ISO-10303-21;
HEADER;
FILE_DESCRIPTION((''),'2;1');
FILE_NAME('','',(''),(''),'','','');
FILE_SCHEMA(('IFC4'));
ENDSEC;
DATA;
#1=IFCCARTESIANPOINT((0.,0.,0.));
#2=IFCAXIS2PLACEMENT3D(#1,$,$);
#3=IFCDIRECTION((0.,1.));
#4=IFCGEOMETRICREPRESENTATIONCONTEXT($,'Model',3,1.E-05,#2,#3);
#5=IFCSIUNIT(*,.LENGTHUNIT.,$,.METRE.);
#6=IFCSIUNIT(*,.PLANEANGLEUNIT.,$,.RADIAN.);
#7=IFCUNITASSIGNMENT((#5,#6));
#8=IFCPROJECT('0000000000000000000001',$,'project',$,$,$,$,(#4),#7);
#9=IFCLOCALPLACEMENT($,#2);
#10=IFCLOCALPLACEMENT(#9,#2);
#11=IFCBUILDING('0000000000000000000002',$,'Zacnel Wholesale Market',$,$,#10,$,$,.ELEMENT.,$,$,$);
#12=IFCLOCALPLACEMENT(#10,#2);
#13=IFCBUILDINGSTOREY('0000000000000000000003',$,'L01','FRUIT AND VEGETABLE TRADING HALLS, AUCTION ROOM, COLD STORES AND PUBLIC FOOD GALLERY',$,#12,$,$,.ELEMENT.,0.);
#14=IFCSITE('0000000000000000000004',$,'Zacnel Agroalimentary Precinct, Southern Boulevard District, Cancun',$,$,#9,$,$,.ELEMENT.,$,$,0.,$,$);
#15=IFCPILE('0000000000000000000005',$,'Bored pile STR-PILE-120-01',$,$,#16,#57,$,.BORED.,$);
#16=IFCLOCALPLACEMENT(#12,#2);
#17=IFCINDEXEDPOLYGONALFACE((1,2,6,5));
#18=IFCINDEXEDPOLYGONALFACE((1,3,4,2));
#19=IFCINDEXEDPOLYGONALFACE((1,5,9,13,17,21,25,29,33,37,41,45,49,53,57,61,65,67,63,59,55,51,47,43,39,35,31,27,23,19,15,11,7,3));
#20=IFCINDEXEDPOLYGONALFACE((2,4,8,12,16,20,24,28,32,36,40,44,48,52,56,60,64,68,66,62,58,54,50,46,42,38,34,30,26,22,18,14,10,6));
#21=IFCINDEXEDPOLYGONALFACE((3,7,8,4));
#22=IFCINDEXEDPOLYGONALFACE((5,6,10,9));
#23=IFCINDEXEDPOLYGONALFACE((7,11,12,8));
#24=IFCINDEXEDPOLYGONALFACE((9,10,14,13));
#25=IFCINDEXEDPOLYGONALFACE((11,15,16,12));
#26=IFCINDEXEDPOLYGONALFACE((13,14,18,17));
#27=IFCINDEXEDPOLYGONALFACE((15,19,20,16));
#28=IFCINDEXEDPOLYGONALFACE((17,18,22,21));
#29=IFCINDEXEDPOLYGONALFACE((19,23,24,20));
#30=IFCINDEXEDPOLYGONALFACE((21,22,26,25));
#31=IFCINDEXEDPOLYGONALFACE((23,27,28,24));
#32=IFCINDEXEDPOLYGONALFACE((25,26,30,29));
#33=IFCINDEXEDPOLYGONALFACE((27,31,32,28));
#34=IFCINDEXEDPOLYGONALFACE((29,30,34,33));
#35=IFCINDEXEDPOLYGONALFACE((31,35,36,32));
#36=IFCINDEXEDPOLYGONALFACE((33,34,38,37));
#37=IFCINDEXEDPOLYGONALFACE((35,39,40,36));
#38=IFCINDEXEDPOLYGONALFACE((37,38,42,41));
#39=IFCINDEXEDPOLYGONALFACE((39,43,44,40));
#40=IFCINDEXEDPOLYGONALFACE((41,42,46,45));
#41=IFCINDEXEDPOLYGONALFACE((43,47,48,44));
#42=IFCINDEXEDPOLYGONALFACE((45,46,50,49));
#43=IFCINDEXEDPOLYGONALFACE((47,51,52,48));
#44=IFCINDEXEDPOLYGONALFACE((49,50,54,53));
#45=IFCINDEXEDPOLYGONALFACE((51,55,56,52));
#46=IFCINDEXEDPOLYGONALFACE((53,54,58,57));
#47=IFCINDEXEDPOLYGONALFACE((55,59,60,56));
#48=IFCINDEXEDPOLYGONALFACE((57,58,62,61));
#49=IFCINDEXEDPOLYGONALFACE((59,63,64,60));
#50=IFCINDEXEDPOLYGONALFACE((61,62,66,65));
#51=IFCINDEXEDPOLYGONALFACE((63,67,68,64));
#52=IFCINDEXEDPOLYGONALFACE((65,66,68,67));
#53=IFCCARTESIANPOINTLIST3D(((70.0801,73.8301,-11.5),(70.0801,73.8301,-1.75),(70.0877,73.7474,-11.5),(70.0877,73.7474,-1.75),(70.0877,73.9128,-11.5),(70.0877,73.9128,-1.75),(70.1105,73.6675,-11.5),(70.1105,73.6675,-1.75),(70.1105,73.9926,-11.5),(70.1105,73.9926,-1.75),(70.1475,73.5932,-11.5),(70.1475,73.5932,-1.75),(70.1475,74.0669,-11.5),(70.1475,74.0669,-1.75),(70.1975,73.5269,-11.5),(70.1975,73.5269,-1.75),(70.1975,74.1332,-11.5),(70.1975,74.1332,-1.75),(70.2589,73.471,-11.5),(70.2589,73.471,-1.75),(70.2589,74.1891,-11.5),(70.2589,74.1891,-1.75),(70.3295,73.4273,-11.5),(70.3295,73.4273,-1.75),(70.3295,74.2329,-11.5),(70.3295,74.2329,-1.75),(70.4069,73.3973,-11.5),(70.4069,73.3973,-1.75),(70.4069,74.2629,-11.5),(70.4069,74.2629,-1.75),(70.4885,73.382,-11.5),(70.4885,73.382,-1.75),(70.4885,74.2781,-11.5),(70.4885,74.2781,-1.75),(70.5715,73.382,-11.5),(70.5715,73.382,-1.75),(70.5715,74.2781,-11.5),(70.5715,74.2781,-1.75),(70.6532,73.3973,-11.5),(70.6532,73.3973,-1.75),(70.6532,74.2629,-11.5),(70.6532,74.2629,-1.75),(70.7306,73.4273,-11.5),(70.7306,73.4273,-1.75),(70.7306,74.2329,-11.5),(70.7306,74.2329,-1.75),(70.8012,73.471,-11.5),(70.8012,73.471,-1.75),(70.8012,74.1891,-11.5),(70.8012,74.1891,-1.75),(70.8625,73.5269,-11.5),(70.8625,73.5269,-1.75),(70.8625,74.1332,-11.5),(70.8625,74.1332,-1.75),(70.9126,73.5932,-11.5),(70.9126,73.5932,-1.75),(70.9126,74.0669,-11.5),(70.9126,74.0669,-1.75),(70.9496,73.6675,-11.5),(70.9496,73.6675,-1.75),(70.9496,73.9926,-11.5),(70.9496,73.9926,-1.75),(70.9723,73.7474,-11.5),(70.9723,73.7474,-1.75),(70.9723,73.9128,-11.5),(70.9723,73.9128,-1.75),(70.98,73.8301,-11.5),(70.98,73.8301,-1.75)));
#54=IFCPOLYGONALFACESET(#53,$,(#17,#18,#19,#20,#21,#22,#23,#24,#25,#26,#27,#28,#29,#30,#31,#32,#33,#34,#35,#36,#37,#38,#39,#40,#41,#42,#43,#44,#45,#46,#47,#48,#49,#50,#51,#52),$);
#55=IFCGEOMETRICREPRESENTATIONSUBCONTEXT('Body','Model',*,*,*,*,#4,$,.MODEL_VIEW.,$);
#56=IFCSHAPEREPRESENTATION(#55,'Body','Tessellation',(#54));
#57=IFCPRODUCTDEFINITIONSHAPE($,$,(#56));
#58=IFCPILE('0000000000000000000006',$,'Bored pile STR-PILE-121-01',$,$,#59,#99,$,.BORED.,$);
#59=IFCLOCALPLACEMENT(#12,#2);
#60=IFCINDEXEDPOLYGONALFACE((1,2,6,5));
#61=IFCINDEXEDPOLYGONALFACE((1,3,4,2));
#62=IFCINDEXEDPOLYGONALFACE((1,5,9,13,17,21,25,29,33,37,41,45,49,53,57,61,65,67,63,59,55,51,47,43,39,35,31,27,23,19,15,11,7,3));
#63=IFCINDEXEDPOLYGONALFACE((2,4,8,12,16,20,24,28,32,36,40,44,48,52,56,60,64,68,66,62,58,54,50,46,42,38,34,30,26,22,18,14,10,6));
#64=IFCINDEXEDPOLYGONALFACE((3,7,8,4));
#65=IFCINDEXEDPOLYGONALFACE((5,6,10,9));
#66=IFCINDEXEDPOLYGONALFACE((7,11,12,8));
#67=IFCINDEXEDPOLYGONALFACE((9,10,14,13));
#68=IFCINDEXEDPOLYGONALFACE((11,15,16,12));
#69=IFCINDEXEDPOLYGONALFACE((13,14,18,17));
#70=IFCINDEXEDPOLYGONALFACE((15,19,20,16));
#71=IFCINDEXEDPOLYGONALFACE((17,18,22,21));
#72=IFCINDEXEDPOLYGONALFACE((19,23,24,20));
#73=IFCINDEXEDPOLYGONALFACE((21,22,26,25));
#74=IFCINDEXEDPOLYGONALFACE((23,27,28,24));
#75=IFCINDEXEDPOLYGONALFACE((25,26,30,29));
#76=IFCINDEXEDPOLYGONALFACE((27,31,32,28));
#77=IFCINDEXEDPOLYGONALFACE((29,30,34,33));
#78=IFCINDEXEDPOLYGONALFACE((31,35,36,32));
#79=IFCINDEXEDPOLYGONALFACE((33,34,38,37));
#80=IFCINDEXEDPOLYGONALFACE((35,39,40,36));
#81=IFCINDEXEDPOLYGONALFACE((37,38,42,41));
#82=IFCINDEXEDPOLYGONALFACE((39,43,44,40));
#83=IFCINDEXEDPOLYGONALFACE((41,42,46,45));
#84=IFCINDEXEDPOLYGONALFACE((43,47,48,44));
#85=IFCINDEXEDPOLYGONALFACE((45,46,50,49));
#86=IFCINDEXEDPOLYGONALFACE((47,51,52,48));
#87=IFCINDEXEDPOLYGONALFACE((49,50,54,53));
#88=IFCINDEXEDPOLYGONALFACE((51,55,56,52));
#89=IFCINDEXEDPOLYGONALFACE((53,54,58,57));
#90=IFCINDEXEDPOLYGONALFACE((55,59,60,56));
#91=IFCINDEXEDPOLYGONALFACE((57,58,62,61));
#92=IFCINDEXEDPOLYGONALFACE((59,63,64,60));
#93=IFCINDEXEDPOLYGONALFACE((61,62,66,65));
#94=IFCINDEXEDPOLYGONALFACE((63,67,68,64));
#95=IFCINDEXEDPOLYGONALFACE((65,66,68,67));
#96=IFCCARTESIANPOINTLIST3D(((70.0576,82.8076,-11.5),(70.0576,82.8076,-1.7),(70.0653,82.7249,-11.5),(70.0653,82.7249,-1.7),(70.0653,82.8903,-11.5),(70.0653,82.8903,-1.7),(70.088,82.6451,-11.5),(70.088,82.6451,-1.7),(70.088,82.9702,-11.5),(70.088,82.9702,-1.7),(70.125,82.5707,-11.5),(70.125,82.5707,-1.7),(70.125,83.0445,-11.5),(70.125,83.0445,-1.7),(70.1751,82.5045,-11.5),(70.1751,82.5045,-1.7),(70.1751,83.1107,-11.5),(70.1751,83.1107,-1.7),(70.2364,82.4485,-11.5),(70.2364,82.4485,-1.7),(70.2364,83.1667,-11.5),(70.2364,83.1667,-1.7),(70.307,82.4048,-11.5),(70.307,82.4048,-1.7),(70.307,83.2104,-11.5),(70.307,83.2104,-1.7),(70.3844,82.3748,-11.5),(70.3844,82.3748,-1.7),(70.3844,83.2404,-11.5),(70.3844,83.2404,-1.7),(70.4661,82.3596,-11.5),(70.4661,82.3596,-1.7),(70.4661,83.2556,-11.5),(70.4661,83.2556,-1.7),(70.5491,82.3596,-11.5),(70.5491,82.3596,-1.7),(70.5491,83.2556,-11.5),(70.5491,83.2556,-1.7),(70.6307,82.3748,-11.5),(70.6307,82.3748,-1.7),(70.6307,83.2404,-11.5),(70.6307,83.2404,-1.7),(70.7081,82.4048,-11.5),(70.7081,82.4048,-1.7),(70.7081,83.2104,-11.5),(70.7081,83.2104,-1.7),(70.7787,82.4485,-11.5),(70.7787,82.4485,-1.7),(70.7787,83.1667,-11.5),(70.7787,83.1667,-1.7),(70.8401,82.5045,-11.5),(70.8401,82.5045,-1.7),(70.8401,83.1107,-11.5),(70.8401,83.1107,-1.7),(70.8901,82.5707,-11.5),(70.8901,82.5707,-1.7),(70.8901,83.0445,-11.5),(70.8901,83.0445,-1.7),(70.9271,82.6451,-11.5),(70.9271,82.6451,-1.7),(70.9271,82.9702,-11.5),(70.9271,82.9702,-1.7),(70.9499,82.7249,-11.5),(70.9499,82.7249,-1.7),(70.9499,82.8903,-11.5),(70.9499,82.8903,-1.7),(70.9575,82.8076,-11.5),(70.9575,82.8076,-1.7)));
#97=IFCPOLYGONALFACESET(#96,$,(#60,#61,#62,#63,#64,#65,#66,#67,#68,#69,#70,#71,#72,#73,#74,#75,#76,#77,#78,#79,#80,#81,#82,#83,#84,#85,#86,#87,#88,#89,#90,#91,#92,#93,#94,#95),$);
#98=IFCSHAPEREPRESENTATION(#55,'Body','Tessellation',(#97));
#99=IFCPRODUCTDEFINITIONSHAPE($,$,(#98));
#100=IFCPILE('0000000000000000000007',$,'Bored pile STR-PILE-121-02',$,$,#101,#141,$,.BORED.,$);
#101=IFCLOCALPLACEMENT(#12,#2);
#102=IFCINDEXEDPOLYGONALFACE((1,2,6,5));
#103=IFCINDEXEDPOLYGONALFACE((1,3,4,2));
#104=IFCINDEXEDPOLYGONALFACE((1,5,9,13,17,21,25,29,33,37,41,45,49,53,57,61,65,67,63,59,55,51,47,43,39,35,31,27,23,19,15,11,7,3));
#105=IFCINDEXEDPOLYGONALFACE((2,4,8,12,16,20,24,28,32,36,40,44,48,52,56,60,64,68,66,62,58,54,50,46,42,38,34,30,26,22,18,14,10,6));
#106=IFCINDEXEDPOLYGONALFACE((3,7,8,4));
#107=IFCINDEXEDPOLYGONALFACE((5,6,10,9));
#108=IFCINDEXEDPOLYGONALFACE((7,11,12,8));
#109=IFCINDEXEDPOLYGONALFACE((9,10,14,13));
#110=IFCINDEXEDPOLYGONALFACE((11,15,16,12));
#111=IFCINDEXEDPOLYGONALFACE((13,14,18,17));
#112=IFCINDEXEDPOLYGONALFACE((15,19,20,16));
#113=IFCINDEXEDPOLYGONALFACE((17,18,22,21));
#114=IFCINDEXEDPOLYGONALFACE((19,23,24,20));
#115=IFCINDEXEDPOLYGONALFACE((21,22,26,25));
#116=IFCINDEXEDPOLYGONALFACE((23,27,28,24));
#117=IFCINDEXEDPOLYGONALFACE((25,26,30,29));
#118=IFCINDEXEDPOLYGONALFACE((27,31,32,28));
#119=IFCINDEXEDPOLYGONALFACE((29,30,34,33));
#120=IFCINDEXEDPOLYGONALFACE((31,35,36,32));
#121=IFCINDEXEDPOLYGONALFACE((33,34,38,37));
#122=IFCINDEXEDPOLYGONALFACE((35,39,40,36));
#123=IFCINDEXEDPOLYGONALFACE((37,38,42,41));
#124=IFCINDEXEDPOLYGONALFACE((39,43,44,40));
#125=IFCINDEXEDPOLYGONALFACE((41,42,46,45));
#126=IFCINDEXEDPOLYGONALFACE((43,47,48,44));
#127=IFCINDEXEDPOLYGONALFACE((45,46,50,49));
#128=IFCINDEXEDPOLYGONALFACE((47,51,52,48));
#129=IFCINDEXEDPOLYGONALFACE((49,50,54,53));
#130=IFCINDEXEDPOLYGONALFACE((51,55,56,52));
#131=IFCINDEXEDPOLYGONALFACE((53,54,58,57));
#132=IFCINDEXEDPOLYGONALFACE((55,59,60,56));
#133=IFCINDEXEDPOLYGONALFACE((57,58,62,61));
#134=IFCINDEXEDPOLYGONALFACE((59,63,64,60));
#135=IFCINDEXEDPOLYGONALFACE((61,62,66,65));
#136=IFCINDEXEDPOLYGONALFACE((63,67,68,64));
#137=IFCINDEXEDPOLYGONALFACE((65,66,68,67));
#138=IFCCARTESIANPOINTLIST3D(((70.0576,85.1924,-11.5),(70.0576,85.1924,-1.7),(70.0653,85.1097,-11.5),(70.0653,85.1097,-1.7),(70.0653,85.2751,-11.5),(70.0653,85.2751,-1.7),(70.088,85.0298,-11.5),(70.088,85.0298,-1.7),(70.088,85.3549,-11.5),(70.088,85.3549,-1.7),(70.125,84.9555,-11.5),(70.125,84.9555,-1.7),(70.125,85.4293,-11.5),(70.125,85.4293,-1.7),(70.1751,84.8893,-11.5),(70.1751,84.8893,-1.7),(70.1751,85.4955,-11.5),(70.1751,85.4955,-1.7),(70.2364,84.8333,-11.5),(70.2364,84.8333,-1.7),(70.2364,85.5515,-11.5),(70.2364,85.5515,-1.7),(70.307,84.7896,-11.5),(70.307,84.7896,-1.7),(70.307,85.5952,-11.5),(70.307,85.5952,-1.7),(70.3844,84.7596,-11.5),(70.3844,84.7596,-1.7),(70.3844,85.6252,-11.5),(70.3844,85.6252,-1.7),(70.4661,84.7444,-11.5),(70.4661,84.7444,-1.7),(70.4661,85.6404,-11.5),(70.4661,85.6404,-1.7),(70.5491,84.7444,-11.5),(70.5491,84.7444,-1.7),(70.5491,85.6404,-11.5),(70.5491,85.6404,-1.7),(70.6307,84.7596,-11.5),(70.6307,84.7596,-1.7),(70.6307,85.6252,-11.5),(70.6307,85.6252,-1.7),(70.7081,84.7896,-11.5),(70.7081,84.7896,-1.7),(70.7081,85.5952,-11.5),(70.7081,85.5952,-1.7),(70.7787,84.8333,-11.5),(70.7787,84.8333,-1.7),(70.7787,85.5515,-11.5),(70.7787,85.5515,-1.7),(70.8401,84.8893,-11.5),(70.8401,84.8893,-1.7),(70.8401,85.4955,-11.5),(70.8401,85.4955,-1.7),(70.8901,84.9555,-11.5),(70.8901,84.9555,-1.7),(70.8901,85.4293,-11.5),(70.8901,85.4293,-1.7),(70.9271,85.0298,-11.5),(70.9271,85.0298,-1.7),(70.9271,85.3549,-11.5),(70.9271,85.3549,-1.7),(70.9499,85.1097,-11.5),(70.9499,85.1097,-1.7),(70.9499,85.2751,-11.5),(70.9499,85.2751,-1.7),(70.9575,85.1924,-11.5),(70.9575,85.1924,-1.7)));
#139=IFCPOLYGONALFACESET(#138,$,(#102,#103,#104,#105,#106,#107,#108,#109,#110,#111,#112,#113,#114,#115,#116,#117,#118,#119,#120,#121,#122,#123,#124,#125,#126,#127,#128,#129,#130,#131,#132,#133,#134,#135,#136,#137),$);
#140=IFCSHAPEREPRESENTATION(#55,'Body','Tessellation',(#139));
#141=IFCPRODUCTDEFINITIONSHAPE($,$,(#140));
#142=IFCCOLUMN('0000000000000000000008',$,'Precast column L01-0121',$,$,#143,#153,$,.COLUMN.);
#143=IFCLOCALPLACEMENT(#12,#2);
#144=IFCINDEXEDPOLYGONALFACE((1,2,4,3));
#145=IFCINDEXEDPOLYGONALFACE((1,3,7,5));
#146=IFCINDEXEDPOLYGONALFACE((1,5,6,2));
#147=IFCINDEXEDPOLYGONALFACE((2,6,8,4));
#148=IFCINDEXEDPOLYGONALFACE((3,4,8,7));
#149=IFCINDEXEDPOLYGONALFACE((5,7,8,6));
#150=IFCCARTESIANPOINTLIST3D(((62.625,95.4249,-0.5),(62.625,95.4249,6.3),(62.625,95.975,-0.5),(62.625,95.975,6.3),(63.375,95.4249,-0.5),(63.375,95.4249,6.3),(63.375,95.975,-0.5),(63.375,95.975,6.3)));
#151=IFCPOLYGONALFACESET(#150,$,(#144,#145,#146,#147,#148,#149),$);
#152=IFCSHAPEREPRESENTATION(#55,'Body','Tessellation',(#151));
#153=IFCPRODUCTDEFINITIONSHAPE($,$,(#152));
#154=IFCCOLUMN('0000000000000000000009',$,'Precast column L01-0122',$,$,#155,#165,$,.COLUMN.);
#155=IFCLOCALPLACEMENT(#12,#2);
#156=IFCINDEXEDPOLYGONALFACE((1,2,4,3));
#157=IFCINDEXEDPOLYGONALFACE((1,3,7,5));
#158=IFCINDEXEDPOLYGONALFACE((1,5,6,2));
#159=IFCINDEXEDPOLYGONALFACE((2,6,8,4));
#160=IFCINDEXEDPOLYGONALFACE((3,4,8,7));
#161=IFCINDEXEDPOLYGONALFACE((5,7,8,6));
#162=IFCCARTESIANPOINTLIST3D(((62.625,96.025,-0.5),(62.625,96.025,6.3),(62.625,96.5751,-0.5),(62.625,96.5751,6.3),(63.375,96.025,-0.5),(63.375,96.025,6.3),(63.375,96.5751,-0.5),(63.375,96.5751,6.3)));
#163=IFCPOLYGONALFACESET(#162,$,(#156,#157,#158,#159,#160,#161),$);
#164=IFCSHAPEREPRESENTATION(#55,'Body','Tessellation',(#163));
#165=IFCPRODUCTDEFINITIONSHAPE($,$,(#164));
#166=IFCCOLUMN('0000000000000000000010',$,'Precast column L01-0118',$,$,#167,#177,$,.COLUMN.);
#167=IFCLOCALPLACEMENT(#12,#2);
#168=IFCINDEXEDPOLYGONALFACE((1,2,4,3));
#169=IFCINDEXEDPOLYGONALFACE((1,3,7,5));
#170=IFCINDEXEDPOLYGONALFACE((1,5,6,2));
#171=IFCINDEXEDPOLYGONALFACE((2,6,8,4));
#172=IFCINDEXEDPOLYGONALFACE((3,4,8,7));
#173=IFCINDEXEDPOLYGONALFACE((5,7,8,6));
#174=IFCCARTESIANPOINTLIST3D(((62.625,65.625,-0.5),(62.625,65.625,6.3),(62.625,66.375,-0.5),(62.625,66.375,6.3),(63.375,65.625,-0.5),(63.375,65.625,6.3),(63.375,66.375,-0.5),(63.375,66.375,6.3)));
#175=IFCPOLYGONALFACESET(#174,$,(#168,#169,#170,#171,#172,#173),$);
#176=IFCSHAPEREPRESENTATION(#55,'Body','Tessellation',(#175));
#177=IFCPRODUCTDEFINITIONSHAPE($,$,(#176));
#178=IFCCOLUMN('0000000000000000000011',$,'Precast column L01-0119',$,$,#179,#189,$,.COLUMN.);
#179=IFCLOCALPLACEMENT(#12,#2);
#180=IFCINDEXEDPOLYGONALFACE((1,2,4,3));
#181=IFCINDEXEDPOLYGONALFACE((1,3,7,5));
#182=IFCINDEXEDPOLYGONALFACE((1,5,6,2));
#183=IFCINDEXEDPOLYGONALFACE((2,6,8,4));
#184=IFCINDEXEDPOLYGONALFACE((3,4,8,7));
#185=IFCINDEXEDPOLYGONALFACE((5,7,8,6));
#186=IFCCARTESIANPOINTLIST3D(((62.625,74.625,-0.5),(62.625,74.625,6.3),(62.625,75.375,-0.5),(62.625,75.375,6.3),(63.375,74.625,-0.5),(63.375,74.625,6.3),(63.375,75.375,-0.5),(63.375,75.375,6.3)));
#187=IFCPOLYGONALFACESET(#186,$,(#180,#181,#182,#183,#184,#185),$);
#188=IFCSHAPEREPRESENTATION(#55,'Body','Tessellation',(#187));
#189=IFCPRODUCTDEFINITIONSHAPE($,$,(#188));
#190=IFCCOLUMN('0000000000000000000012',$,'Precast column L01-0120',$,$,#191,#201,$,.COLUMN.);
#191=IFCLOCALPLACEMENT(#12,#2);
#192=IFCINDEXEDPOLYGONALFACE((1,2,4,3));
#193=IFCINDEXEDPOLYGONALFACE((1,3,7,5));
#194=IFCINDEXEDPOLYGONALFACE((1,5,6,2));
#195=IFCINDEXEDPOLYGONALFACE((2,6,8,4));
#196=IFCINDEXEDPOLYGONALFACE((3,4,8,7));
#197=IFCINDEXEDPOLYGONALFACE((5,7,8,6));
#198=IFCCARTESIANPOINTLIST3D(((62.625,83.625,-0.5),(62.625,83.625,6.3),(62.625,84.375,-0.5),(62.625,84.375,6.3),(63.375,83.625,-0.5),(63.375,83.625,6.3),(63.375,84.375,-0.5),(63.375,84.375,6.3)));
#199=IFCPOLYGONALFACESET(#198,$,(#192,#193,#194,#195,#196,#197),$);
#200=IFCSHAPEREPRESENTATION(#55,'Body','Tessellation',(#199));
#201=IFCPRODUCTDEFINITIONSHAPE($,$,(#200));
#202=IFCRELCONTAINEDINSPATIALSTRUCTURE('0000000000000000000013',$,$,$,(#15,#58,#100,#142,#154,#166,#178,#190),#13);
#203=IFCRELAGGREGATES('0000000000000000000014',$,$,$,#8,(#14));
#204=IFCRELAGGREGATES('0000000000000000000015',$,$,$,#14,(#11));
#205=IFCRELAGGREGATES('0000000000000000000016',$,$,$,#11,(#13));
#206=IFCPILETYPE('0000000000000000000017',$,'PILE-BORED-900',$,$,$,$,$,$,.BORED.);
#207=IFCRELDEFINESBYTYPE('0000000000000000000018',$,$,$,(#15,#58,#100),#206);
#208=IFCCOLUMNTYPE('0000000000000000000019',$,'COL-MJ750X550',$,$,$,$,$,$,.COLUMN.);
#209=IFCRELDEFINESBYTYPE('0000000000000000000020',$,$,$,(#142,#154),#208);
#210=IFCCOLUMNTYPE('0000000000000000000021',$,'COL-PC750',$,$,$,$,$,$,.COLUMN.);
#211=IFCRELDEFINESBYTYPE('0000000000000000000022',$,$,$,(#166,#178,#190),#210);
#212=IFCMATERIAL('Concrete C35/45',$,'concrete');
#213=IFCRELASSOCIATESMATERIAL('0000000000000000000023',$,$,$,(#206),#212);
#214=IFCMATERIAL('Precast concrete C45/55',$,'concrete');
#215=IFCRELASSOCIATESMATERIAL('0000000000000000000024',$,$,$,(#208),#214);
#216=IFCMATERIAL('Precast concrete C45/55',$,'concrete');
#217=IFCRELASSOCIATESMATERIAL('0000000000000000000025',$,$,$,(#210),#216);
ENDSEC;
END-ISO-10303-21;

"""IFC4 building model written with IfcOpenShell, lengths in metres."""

from ifc_helpers import new_model, si_unit, direction, frame, origin, origin_2d, place, context, subcontext, project, spatial, rectangle, circle, extrude, material, material_profile, profile_set, type_object, element, save


model = new_model("IFC4")

# Units and contexts
model_context = context("Model", 3, precision=1e-05, world=origin(), true_north=direction((0.0, 1.0)))
body_context = subcontext(model_context, "Body", "Model", "MODEL_VIEW")
ifc_project = project(units=[si_unit("LENGTHUNIT", "METRE"), si_unit("PLANEANGLEUNIT", "RADIAN")], contexts=[model_context])

# Site, building, storey
site_placement = place(None, origin())
site = spatial("IfcSite", under=ifc_project, at=site_placement, Name="Zacnel Agroalimentary Precinct, Southern Boulevard District, Cancun", CompositionType="ELEMENT", RefElevation=0.0)
building_placement = place(site_placement, origin())
building = spatial("IfcBuilding", under=site, at=building_placement, Name="Zacnel Wholesale Market", CompositionType="ELEMENT")
storey_placement = place(building_placement, origin())
storey = spatial("IfcBuildingStorey", under=building, at=storey_placement, Name="L01", Description="FRUIT AND VEGETABLE TRADING HALLS, AUCTION ROOM, COLD STORES AND PUBLIC FOOD GALLERY", CompositionType="ELEMENT", Elevation=0.0)

# Piles
ifc_material_1 = material(Name="Concrete C35/45", Category="concrete")
ifc_material_profile_1 = material_profile(ifc_material_1, circle(Radius=0.45, at=origin_2d()), Name="BORED PILE D900")
ifc_profile_set_1 = profile_set([ifc_material_profile_1], Name="Concrete C35/45")
pile_type_1 = type_object("IfcPileType", Name="PILE-BORED-900", PredefinedType="BORED", material=ifc_profile_set_1)
pile_1_placement = place(storey_placement, frame((70.53, 73.8301, -1.75), z_axis=(0.0, 0.0, -1.0), x_axis=(1.0, 0.0, 0.0)))
element("IfcPile", 1, at=pile_1_placement, inside=storey, type_object=pile_type_1, Name="Bored pile STR-PILE-120-01", PredefinedType="BORED", context=body_context, shape_type="SweptSolid", body=[
    extrude(circle(Radius=0.45, at=origin_2d()), origin(), (0.0, 0.0, 1.0), 9.75),
])
for number, where, z_axis, x_axis, name in (
    (2, (70.5076, 82.8076, -1.7), (0.0, 0.0, -1.0), (1.0, 0.0, 0.0), "Bored pile STR-PILE-121-01"),
    (3, (70.5076, 85.1924, -1.7), (0.0, 0.0, -1.0), (1.0, 0.0, 0.0), "Bored pile STR-PILE-121-02"),
):
    element("IfcPile", number, at=place(storey_placement, frame(where, z_axis=z_axis, x_axis=x_axis)), inside=storey, type_object=pile_type_1, Name=name, PredefinedType="BORED", context=body_context, shape_type="SweptSolid", body=[
        extrude(circle(Radius=0.45, at=origin_2d()), origin(), (0.0, 0.0, 1.0), 9.8),
    ])

# Columns
ifc_material_2 = material(Name="Precast concrete C45/55", Category="concrete")
ifc_material_profile_2 = material_profile(ifc_material_2, rectangle(XDim=0.75, YDim=0.55, at=origin_2d()), Name="PC 750x550")
ifc_profile_set_2 = profile_set([ifc_material_profile_2], Name="Precast concrete C45/55")
column_type_1 = type_object("IfcColumnType", Name="COL-MJ750X550", PredefinedType="COLUMN", material=ifc_profile_set_2)
for number, where, z_axis, x_axis, name in (
    (4, (63.0, 95.7, -0.5), (0.0, 0.0, 1.0), (1.0, 0.0, 0.0), "Precast column L01-0121"),
    (5, (63.0, 96.3, -0.5), (0.0, 0.0, 1.0), (1.0, 0.0, 0.0), "Precast column L01-0122"),
):
    element("IfcColumn", number, at=place(storey_placement, frame(where, z_axis=z_axis, x_axis=x_axis)), inside=storey, type_object=column_type_1, Name=name, PredefinedType="COLUMN", context=body_context, shape_type="SweptSolid", body=[
        extrude(rectangle(XDim=0.75, YDim=0.55, at=origin_2d()), origin(), (0.0, 0.0, 1.0), 6.8),
    ])
ifc_material_3 = material(Name="Precast concrete C45/55", Category="concrete")
ifc_material_profile_3 = material_profile(ifc_material_3, rectangle(XDim=0.75, YDim=0.75, at=origin_2d()), Name="PC 750x750")
ifc_profile_set_3 = profile_set([ifc_material_profile_3], Name="Precast concrete C45/55")
column_type_2 = type_object("IfcColumnType", Name="COL-PC750", PredefinedType="COLUMN", material=ifc_profile_set_3)
for number, where, z_axis, x_axis, name in (
    (6, (63.0, 66.0, -0.5), (0.0, 0.0, 1.0), (1.0, 0.0, 0.0), "Precast column L01-0118"),
    (7, (63.0, 75.0, -0.5), (0.0, 0.0, 1.0), (1.0, 0.0, 0.0), "Precast column L01-0119"),
    (8, (63.0, 84.0, -0.5), (0.0, 0.0, 1.0), (1.0, 0.0, 0.0), "Precast column L01-0120"),
):
    element("IfcColumn", number, at=place(storey_placement, frame(where, z_axis=z_axis, x_axis=x_axis)), inside=storey, type_object=column_type_2, Name=name, PredefinedType="COLUMN", context=body_context, shape_type="SweptSolid", body=[
        extrude(rectangle(XDim=0.75, YDim=0.75, at=origin_2d()), origin(), (0.0, 0.0, 1.0), 6.8),
    ])

save(model, "model.ifc")
